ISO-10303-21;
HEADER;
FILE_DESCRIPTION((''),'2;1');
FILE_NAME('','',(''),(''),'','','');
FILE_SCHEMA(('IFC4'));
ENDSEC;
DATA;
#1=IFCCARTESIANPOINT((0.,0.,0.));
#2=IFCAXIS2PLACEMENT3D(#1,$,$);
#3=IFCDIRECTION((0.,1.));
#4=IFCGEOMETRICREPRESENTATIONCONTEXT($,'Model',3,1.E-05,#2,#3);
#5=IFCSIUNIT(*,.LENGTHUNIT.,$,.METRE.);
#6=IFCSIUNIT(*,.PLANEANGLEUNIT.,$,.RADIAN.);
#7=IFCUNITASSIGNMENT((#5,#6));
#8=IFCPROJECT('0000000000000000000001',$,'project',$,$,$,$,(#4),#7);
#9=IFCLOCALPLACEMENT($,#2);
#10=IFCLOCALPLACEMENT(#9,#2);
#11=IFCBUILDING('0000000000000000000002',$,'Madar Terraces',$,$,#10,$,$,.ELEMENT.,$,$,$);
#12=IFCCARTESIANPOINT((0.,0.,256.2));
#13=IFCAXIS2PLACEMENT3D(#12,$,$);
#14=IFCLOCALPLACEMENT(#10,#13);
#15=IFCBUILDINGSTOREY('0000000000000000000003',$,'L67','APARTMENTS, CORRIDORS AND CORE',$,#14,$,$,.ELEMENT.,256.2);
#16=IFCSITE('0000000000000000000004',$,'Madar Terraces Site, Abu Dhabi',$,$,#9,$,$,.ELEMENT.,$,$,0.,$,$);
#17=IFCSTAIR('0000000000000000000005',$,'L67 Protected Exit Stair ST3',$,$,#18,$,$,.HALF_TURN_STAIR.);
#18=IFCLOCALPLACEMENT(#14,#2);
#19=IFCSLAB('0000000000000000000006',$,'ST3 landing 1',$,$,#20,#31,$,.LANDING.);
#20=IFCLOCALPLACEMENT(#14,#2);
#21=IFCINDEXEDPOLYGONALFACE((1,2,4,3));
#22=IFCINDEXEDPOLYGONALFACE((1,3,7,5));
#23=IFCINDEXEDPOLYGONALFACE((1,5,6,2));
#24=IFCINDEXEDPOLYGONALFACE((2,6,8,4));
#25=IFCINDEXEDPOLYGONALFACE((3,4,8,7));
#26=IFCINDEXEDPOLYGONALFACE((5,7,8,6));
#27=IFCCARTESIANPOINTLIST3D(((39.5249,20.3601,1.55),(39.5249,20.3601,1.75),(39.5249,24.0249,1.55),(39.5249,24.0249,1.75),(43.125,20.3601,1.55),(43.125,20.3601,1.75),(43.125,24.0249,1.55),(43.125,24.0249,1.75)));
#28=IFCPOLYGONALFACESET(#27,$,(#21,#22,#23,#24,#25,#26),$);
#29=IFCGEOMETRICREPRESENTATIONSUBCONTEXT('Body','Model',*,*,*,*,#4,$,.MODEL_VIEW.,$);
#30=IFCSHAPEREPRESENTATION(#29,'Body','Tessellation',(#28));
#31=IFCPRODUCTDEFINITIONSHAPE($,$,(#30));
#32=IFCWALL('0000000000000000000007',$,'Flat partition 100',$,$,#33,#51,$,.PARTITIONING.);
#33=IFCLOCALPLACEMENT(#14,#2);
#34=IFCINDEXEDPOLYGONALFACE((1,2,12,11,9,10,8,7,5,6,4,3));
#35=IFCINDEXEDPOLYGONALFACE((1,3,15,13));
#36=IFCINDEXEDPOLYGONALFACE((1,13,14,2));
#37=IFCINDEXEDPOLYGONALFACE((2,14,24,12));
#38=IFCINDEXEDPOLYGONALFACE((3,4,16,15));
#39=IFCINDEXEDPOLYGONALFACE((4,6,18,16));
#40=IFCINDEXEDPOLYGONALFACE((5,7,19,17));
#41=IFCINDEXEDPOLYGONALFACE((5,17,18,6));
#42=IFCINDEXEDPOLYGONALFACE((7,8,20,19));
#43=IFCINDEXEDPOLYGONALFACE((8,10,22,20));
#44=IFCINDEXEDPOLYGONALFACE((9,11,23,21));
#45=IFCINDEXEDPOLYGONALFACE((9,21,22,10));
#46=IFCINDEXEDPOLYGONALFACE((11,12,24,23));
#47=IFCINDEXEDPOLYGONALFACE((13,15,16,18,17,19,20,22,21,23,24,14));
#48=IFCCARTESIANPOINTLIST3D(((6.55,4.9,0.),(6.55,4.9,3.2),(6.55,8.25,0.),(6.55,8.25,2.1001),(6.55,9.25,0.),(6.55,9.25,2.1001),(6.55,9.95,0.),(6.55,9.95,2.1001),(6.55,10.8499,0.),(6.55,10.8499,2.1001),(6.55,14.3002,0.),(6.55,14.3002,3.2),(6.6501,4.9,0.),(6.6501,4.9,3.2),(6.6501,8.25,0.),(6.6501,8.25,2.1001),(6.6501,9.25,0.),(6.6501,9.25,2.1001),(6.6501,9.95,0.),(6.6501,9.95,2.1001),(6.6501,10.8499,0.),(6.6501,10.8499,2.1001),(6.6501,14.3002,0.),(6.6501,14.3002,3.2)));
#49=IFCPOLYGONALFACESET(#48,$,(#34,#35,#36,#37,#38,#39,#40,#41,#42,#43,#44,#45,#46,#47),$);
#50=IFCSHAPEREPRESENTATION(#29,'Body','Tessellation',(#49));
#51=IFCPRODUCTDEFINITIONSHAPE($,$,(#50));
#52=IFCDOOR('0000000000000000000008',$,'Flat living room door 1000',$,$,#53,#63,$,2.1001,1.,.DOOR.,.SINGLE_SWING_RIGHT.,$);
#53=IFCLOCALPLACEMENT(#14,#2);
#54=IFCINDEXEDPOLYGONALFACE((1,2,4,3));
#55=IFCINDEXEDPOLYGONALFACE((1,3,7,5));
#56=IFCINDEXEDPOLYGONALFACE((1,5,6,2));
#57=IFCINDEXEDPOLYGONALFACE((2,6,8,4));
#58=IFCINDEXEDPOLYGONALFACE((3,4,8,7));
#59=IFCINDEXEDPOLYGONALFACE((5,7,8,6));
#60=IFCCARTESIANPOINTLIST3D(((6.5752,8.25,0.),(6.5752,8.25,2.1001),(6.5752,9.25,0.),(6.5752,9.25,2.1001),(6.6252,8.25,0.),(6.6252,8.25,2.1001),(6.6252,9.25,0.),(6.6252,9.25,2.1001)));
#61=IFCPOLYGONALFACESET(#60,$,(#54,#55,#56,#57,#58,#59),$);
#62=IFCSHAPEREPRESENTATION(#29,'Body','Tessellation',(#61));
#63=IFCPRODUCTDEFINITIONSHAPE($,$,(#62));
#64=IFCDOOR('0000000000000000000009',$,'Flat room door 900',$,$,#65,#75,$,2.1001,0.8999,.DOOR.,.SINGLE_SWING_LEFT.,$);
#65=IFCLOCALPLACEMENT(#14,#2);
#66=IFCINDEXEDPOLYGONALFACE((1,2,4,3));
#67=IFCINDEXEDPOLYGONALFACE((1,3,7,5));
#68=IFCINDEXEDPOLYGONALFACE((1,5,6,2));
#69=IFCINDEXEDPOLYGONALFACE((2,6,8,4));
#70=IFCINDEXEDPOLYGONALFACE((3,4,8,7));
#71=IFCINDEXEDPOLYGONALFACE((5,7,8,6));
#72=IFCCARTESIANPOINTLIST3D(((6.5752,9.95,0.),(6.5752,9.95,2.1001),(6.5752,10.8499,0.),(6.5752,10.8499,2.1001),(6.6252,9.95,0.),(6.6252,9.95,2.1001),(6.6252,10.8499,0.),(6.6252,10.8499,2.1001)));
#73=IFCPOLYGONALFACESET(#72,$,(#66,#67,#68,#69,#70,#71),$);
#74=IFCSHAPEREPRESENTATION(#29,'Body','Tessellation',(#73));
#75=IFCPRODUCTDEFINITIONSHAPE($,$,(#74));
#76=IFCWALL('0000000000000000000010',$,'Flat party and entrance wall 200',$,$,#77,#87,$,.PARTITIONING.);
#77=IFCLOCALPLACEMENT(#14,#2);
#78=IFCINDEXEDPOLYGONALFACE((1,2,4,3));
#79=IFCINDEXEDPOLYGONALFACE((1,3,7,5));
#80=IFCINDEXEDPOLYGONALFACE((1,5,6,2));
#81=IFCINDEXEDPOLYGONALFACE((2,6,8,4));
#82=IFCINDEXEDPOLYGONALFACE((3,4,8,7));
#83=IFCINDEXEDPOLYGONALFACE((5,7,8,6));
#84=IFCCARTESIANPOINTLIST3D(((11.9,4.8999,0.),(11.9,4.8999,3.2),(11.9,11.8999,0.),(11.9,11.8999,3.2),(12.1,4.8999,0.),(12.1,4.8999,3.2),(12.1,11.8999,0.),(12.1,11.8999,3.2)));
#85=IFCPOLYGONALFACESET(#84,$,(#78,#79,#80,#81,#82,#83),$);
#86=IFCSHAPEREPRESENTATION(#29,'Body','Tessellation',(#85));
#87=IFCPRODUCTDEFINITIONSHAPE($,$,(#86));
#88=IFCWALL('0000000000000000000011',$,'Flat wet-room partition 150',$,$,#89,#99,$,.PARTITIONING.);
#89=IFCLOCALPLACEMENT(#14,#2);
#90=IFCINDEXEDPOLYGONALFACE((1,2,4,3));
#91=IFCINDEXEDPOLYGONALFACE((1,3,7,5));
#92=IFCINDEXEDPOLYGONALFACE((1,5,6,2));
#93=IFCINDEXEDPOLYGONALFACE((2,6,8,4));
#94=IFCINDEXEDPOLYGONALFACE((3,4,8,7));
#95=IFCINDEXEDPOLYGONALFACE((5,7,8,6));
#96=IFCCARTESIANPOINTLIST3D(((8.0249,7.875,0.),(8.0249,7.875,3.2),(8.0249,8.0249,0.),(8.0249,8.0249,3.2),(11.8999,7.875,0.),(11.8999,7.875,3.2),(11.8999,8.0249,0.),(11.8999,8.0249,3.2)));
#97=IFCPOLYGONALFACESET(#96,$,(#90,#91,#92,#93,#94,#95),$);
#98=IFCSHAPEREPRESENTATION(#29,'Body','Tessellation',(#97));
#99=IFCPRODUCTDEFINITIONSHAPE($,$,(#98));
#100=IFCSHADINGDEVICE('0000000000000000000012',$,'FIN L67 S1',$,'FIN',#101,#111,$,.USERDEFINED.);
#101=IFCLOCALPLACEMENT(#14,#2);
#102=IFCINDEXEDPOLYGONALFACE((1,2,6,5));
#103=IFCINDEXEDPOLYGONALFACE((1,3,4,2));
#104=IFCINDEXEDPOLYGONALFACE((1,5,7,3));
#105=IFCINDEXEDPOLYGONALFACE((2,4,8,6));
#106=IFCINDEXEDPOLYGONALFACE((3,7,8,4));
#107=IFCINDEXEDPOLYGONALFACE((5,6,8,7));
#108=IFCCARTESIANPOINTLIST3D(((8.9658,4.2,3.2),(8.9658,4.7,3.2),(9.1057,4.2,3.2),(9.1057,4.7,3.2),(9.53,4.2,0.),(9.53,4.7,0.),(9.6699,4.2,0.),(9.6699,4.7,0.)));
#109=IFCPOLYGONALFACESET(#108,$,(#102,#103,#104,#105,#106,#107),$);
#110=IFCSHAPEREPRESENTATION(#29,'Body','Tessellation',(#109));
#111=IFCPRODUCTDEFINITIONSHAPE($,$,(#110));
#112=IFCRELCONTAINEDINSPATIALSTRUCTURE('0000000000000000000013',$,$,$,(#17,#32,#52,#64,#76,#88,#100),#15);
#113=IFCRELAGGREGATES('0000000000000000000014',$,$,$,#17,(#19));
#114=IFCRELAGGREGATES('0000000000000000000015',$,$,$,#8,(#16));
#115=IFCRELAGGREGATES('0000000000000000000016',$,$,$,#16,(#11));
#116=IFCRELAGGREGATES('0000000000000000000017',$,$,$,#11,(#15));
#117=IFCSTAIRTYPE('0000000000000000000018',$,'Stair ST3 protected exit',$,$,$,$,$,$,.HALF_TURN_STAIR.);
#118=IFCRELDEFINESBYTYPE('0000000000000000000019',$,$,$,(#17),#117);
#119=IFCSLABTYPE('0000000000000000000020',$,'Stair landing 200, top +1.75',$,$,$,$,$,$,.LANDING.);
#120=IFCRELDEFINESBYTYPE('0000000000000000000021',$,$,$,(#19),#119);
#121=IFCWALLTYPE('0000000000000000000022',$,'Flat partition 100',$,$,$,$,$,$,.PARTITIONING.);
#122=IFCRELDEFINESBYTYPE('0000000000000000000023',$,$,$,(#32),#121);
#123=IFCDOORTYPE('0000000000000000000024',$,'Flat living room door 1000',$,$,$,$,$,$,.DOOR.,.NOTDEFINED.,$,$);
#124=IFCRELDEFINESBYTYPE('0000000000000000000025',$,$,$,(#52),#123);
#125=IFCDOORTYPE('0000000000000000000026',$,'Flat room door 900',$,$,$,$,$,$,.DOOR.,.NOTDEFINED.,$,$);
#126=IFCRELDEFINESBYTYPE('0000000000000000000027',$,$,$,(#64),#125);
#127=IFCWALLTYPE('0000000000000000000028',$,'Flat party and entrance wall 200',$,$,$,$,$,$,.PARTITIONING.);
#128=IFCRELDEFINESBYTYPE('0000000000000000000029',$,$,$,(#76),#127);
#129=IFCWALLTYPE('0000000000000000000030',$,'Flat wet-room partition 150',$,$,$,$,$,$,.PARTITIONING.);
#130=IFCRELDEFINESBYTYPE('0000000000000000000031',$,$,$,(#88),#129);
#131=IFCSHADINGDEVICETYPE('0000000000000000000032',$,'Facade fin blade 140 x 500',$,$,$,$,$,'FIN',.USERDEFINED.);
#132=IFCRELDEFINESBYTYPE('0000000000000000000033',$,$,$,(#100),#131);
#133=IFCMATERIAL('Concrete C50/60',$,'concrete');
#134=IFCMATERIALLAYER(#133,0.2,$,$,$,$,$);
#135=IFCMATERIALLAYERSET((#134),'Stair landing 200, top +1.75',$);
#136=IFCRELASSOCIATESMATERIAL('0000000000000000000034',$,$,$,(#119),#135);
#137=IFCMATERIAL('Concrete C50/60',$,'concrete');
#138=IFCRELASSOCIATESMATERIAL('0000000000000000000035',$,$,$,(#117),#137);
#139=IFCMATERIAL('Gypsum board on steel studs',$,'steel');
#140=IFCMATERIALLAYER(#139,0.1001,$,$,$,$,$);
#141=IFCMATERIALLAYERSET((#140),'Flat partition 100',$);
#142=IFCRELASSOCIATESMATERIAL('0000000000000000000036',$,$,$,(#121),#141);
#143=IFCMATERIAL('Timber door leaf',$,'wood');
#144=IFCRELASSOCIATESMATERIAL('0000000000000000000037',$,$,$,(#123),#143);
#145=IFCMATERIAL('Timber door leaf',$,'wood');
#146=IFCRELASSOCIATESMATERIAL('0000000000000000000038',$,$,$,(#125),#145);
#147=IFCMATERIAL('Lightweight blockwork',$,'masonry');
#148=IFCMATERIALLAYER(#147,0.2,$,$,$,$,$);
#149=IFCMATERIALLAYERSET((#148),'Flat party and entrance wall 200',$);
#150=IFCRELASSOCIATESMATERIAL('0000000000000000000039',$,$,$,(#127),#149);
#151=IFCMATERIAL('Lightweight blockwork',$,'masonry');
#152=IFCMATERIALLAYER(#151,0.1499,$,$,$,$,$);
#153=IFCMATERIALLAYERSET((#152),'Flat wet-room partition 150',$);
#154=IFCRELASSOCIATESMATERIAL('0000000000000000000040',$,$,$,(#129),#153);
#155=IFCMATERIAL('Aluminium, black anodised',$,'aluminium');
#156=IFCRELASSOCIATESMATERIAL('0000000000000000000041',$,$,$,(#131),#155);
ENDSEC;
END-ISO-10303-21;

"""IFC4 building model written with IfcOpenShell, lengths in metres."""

from ifc_helpers import new_model, si_unit, direction, frame, frame_2d, origin, place, context, subcontext, project, spatial, polyline, rectangle, outline, extrude, material, layer, layer_set, type_object, element, fill, aggregate, save


model = new_model("IFC4")

# Units and contexts
model_context = context("Model", 3, precision=1e-05, world=origin(), true_north=direction((0.0, 1.0)))
body_context = subcontext(model_context, "Body", "Model", "MODEL_VIEW")
ifc_project = project(units=[si_unit("LENGTHUNIT", "METRE"), si_unit("PLANEANGLEUNIT", "RADIAN")], contexts=[model_context])

# Site, building, storey
site_placement = place(None, origin())
site = spatial("IfcSite", under=ifc_project, at=site_placement, Name="Madar Terraces Site, Abu Dhabi", CompositionType="ELEMENT", RefElevation=0.0)
building_placement = place(site_placement, origin())
building = spatial("IfcBuilding", under=site, at=building_placement, Name="Madar Terraces", CompositionType="ELEMENT")
storey_placement = place(building_placement, frame((0.0, 0.0, 256.2)))
storey = spatial("IfcBuildingStorey", under=building, at=storey_placement, Name="L67", Description="APARTMENTS, CORRIDORS AND CORE", CompositionType="ELEMENT", Elevation=256.2)

# Stair, slab
ifc_material_1 = material(Name="Concrete C50/60", Category="concrete")
ifc_layer_1 = layer(ifc_material_1, 0.2)
ifc_layer_set_1 = layer_set([ifc_layer_1], Name="Stair landing 200, top +1.75")
slab_type_1 = type_object("IfcSlabType", Name="Stair landing 200, top +1.75", PredefinedType="LANDING", material=ifc_layer_set_1)
ifc_material_2 = material(Name="Concrete C50/60", Category="concrete")
stair_type_1 = type_object("IfcStairType", Name="Stair ST3 protected exit", PredefinedType="HALF_TURN_STAIR", material=ifc_material_2)
stair_1_placement = place(storey_placement, origin())
stair_1 = element("IfcStair", 1, at=stair_1_placement, inside=storey, type_object=stair_type_1, Name="L67 Protected Exit Stair ST3", PredefinedType="HALF_TURN_STAIR")
slab_1_placement = place(storey_placement, frame((0.0, 0.0, 1.55)))
slab_1 = element("IfcSlab", 2, at=slab_1_placement, type_object=slab_type_1, Name="ST3 landing 1", PredefinedType="LANDING", context=body_context, shape_type="SweptSolid", body=[
    extrude(outline(polyline([(39.5249, 20.3601), (43.125, 20.3601), (43.125, 24.0249), (39.5249, 24.0249), (39.5249, 20.3601)])), origin(), (0.0, 0.0, 1.0), 0.2),
])
aggregate(stair_1, [slab_1])

# Wall, openings, doors
ifc_material_3 = material(Name="Gypsum board on steel studs", Category="steel")
ifc_layer_2 = layer(ifc_material_3, 0.1001)
ifc_layer_set_2 = layer_set([ifc_layer_2], Name="Flat partition 100")
wall_type_1 = type_object("IfcWallType", Name="Flat partition 100", PredefinedType="PARTITIONING", material=ifc_layer_set_2)
wall_1_placement = place(storey_placement, frame((6.6001, 4.8999, 0.0), z_axis=(0.0, 0.0, 1.0), x_axis=(0.0, 1.0, 0.0)))
wall_1 = element("IfcWall", 3, at=wall_1_placement, inside=storey, type_object=wall_type_1, Name="Flat partition 100", PredefinedType="PARTITIONING", context=body_context, shape_type="SweptSolid", body=[
    extrude(rectangle(XDim=9.4001, YDim=0.1001, at=frame_2d((4.7002, 0.0))), origin(), (0.0, 0.0, 1.0), 3.2),
])
opening_1_placement = place(wall_1_placement, frame((5.05, 0.0, 0.0)))
opening_1 = element("IfcOpeningElement", 4, at=opening_1_placement, cuts=wall_1, PredefinedType="OPENING", context=body_context, shape_type="SweptSolid", body=[
    extrude(rectangle(XDim=0.8999, YDim=2.1001, at=frame_2d((0.45, 1.05))), frame((0.0, 0.0601, 0.0), z_axis=(0.0, -1.0, 0.0), x_axis=(1.0, 0.0, 0.0)), (0.0, 0.0, 1.0), 0.1201),
])
opening_2_placement = place(wall_1_placement, frame((3.3501, 0.0, 0.0)))
opening_2 = element("IfcOpeningElement", 5, at=opening_2_placement, cuts=wall_1, PredefinedType="OPENING", context=body_context, shape_type="SweptSolid", body=[
    extrude(rectangle(XDim=1.0, YDim=2.1001, at=frame_2d((0.5, 1.05))), frame((0.0, 0.0601, 0.0), z_axis=(0.0, -1.0, 0.0), x_axis=(1.0, 0.0, 0.0)), (0.0, 0.0, 1.0), 0.1201),
])
ifc_material_4 = material(Name="Timber door leaf", Category="wood")
door_type_1 = type_object("IfcDoorType", Name="Flat living room door 1000", OperationType="NOTDEFINED", PredefinedType="DOOR", material=ifc_material_4)
door_1_placement = place(opening_2_placement, origin())
door_1 = element("IfcDoor", 6, at=door_1_placement, inside=storey, type_object=door_type_1, Name="Flat living room door 1000", OperationType="SINGLE_SWING_RIGHT", OverallHeight=2.1001, OverallWidth=1.0, PredefinedType="DOOR", context=body_context, shape_type="SweptSolid", body=[
    extrude(rectangle(XDim=1.0, YDim=2.1001, at=frame_2d((0.5, 1.05))), frame((0.0, 0.0249, 0.0), z_axis=(0.0, -1.0, 0.0), x_axis=(1.0, 0.0, 0.0)), (0.0, 0.0, 1.0), 0.05),
])
fill(opening_2, door_1)
ifc_material_5 = material(Name="Timber door leaf", Category="wood")
door_type_2 = type_object("IfcDoorType", Name="Flat room door 900", OperationType="NOTDEFINED", PredefinedType="DOOR", material=ifc_material_5)
door_2_placement = place(opening_1_placement, origin())
door_2 = element("IfcDoor", 7, at=door_2_placement, inside=storey, type_object=door_type_2, Name="Flat room door 900", OperationType="SINGLE_SWING_LEFT", OverallHeight=2.1001, OverallWidth=0.8999, PredefinedType="DOOR", context=body_context, shape_type="SweptSolid", body=[
    extrude(rectangle(XDim=0.8999, YDim=2.1001, at=frame_2d((0.45, 1.05))), frame((0.0, 0.0249, 0.0), z_axis=(0.0, -1.0, 0.0), x_axis=(1.0, 0.0, 0.0)), (0.0, 0.0, 1.0), 0.05),
])
fill(opening_1, door_2)

# Walls
ifc_material_6 = material(Name="Lightweight blockwork", Category="masonry")
ifc_layer_3 = layer(ifc_material_6, 0.2)
ifc_layer_set_3 = layer_set([ifc_layer_3], Name="Flat party and entrance wall 200")
wall_type_2 = type_object("IfcWallType", Name="Flat party and entrance wall 200", PredefinedType="PARTITIONING", material=ifc_layer_set_3)
wall_2_placement = place(storey_placement, frame((12.0, 4.8999, 0.0), z_axis=(0.0, 0.0, 1.0), x_axis=(0.0, 1.0, 0.0)))
element("IfcWall", 8, at=wall_2_placement, inside=storey, type_object=wall_type_2, Name="Flat party and entrance wall 200", PredefinedType="PARTITIONING", context=body_context, shape_type="SweptSolid", body=[
    extrude(rectangle(XDim=7.0, YDim=0.2, at=frame_2d((3.5, 0.0))), origin(), (0.0, 0.0, 1.0), 3.2),
])
ifc_material_7 = material(Name="Lightweight blockwork", Category="masonry")
ifc_layer_4 = layer(ifc_material_7, 0.1499)
ifc_layer_set_4 = layer_set([ifc_layer_4], Name="Flat wet-room partition 150")
wall_type_3 = type_object("IfcWallType", Name="Flat wet-room partition 150", PredefinedType="PARTITIONING", material=ifc_layer_set_4)
wall_3_placement = place(storey_placement, frame((11.8999, 7.95, 0.0), z_axis=(0.0, 0.0, 1.0), x_axis=(-1.0, 0.0, 0.0)))
element("IfcWall", 9, at=wall_3_placement, inside=storey, type_object=wall_type_3, Name="Flat wet-room partition 150", PredefinedType="PARTITIONING", context=body_context, shape_type="SweptSolid", body=[
    extrude(rectangle(XDim=3.875, YDim=0.1499, at=frame_2d((1.9375, 0.0))), origin(), (0.0, 0.0, 1.0), 3.2),
])

# Shading device
ifc_material_8 = material(Name="Aluminium, black anodised", Category="aluminium")
shading_device_type = type_object("IfcShadingDeviceType", Name="Facade fin blade 140 x 500", ElementType="FIN", PredefinedType="USERDEFINED", material=ifc_material_8)
shading_device_placement = place(storey_placement, frame((9.53, 4.45, 0.0), z_axis=(0.0, 0.0, 1.0), x_axis=(1.0, 0.0, 0.0)))
element("IfcShadingDevice", 10, at=shading_device_placement, inside=storey, type_object=shading_device_type, Name="FIN L67 S1", ObjectType="FIN", PredefinedType="USERDEFINED", context=body_context, shape_type="SweptSolid", body=[
    extrude(outline(polyline([(0.0, 0.0), (0.1399, 0.0), (-0.4243, 3.2), (-0.5642, 3.2), (0.0, 0.0)])), frame((0.0, 0.25, 0.0), z_axis=(0.0, -1.0, 0.0), x_axis=(1.0, 0.0, 0.0)), (0.0, 0.0, 1.0), 0.5),
])

save(model, "model.ifc")
